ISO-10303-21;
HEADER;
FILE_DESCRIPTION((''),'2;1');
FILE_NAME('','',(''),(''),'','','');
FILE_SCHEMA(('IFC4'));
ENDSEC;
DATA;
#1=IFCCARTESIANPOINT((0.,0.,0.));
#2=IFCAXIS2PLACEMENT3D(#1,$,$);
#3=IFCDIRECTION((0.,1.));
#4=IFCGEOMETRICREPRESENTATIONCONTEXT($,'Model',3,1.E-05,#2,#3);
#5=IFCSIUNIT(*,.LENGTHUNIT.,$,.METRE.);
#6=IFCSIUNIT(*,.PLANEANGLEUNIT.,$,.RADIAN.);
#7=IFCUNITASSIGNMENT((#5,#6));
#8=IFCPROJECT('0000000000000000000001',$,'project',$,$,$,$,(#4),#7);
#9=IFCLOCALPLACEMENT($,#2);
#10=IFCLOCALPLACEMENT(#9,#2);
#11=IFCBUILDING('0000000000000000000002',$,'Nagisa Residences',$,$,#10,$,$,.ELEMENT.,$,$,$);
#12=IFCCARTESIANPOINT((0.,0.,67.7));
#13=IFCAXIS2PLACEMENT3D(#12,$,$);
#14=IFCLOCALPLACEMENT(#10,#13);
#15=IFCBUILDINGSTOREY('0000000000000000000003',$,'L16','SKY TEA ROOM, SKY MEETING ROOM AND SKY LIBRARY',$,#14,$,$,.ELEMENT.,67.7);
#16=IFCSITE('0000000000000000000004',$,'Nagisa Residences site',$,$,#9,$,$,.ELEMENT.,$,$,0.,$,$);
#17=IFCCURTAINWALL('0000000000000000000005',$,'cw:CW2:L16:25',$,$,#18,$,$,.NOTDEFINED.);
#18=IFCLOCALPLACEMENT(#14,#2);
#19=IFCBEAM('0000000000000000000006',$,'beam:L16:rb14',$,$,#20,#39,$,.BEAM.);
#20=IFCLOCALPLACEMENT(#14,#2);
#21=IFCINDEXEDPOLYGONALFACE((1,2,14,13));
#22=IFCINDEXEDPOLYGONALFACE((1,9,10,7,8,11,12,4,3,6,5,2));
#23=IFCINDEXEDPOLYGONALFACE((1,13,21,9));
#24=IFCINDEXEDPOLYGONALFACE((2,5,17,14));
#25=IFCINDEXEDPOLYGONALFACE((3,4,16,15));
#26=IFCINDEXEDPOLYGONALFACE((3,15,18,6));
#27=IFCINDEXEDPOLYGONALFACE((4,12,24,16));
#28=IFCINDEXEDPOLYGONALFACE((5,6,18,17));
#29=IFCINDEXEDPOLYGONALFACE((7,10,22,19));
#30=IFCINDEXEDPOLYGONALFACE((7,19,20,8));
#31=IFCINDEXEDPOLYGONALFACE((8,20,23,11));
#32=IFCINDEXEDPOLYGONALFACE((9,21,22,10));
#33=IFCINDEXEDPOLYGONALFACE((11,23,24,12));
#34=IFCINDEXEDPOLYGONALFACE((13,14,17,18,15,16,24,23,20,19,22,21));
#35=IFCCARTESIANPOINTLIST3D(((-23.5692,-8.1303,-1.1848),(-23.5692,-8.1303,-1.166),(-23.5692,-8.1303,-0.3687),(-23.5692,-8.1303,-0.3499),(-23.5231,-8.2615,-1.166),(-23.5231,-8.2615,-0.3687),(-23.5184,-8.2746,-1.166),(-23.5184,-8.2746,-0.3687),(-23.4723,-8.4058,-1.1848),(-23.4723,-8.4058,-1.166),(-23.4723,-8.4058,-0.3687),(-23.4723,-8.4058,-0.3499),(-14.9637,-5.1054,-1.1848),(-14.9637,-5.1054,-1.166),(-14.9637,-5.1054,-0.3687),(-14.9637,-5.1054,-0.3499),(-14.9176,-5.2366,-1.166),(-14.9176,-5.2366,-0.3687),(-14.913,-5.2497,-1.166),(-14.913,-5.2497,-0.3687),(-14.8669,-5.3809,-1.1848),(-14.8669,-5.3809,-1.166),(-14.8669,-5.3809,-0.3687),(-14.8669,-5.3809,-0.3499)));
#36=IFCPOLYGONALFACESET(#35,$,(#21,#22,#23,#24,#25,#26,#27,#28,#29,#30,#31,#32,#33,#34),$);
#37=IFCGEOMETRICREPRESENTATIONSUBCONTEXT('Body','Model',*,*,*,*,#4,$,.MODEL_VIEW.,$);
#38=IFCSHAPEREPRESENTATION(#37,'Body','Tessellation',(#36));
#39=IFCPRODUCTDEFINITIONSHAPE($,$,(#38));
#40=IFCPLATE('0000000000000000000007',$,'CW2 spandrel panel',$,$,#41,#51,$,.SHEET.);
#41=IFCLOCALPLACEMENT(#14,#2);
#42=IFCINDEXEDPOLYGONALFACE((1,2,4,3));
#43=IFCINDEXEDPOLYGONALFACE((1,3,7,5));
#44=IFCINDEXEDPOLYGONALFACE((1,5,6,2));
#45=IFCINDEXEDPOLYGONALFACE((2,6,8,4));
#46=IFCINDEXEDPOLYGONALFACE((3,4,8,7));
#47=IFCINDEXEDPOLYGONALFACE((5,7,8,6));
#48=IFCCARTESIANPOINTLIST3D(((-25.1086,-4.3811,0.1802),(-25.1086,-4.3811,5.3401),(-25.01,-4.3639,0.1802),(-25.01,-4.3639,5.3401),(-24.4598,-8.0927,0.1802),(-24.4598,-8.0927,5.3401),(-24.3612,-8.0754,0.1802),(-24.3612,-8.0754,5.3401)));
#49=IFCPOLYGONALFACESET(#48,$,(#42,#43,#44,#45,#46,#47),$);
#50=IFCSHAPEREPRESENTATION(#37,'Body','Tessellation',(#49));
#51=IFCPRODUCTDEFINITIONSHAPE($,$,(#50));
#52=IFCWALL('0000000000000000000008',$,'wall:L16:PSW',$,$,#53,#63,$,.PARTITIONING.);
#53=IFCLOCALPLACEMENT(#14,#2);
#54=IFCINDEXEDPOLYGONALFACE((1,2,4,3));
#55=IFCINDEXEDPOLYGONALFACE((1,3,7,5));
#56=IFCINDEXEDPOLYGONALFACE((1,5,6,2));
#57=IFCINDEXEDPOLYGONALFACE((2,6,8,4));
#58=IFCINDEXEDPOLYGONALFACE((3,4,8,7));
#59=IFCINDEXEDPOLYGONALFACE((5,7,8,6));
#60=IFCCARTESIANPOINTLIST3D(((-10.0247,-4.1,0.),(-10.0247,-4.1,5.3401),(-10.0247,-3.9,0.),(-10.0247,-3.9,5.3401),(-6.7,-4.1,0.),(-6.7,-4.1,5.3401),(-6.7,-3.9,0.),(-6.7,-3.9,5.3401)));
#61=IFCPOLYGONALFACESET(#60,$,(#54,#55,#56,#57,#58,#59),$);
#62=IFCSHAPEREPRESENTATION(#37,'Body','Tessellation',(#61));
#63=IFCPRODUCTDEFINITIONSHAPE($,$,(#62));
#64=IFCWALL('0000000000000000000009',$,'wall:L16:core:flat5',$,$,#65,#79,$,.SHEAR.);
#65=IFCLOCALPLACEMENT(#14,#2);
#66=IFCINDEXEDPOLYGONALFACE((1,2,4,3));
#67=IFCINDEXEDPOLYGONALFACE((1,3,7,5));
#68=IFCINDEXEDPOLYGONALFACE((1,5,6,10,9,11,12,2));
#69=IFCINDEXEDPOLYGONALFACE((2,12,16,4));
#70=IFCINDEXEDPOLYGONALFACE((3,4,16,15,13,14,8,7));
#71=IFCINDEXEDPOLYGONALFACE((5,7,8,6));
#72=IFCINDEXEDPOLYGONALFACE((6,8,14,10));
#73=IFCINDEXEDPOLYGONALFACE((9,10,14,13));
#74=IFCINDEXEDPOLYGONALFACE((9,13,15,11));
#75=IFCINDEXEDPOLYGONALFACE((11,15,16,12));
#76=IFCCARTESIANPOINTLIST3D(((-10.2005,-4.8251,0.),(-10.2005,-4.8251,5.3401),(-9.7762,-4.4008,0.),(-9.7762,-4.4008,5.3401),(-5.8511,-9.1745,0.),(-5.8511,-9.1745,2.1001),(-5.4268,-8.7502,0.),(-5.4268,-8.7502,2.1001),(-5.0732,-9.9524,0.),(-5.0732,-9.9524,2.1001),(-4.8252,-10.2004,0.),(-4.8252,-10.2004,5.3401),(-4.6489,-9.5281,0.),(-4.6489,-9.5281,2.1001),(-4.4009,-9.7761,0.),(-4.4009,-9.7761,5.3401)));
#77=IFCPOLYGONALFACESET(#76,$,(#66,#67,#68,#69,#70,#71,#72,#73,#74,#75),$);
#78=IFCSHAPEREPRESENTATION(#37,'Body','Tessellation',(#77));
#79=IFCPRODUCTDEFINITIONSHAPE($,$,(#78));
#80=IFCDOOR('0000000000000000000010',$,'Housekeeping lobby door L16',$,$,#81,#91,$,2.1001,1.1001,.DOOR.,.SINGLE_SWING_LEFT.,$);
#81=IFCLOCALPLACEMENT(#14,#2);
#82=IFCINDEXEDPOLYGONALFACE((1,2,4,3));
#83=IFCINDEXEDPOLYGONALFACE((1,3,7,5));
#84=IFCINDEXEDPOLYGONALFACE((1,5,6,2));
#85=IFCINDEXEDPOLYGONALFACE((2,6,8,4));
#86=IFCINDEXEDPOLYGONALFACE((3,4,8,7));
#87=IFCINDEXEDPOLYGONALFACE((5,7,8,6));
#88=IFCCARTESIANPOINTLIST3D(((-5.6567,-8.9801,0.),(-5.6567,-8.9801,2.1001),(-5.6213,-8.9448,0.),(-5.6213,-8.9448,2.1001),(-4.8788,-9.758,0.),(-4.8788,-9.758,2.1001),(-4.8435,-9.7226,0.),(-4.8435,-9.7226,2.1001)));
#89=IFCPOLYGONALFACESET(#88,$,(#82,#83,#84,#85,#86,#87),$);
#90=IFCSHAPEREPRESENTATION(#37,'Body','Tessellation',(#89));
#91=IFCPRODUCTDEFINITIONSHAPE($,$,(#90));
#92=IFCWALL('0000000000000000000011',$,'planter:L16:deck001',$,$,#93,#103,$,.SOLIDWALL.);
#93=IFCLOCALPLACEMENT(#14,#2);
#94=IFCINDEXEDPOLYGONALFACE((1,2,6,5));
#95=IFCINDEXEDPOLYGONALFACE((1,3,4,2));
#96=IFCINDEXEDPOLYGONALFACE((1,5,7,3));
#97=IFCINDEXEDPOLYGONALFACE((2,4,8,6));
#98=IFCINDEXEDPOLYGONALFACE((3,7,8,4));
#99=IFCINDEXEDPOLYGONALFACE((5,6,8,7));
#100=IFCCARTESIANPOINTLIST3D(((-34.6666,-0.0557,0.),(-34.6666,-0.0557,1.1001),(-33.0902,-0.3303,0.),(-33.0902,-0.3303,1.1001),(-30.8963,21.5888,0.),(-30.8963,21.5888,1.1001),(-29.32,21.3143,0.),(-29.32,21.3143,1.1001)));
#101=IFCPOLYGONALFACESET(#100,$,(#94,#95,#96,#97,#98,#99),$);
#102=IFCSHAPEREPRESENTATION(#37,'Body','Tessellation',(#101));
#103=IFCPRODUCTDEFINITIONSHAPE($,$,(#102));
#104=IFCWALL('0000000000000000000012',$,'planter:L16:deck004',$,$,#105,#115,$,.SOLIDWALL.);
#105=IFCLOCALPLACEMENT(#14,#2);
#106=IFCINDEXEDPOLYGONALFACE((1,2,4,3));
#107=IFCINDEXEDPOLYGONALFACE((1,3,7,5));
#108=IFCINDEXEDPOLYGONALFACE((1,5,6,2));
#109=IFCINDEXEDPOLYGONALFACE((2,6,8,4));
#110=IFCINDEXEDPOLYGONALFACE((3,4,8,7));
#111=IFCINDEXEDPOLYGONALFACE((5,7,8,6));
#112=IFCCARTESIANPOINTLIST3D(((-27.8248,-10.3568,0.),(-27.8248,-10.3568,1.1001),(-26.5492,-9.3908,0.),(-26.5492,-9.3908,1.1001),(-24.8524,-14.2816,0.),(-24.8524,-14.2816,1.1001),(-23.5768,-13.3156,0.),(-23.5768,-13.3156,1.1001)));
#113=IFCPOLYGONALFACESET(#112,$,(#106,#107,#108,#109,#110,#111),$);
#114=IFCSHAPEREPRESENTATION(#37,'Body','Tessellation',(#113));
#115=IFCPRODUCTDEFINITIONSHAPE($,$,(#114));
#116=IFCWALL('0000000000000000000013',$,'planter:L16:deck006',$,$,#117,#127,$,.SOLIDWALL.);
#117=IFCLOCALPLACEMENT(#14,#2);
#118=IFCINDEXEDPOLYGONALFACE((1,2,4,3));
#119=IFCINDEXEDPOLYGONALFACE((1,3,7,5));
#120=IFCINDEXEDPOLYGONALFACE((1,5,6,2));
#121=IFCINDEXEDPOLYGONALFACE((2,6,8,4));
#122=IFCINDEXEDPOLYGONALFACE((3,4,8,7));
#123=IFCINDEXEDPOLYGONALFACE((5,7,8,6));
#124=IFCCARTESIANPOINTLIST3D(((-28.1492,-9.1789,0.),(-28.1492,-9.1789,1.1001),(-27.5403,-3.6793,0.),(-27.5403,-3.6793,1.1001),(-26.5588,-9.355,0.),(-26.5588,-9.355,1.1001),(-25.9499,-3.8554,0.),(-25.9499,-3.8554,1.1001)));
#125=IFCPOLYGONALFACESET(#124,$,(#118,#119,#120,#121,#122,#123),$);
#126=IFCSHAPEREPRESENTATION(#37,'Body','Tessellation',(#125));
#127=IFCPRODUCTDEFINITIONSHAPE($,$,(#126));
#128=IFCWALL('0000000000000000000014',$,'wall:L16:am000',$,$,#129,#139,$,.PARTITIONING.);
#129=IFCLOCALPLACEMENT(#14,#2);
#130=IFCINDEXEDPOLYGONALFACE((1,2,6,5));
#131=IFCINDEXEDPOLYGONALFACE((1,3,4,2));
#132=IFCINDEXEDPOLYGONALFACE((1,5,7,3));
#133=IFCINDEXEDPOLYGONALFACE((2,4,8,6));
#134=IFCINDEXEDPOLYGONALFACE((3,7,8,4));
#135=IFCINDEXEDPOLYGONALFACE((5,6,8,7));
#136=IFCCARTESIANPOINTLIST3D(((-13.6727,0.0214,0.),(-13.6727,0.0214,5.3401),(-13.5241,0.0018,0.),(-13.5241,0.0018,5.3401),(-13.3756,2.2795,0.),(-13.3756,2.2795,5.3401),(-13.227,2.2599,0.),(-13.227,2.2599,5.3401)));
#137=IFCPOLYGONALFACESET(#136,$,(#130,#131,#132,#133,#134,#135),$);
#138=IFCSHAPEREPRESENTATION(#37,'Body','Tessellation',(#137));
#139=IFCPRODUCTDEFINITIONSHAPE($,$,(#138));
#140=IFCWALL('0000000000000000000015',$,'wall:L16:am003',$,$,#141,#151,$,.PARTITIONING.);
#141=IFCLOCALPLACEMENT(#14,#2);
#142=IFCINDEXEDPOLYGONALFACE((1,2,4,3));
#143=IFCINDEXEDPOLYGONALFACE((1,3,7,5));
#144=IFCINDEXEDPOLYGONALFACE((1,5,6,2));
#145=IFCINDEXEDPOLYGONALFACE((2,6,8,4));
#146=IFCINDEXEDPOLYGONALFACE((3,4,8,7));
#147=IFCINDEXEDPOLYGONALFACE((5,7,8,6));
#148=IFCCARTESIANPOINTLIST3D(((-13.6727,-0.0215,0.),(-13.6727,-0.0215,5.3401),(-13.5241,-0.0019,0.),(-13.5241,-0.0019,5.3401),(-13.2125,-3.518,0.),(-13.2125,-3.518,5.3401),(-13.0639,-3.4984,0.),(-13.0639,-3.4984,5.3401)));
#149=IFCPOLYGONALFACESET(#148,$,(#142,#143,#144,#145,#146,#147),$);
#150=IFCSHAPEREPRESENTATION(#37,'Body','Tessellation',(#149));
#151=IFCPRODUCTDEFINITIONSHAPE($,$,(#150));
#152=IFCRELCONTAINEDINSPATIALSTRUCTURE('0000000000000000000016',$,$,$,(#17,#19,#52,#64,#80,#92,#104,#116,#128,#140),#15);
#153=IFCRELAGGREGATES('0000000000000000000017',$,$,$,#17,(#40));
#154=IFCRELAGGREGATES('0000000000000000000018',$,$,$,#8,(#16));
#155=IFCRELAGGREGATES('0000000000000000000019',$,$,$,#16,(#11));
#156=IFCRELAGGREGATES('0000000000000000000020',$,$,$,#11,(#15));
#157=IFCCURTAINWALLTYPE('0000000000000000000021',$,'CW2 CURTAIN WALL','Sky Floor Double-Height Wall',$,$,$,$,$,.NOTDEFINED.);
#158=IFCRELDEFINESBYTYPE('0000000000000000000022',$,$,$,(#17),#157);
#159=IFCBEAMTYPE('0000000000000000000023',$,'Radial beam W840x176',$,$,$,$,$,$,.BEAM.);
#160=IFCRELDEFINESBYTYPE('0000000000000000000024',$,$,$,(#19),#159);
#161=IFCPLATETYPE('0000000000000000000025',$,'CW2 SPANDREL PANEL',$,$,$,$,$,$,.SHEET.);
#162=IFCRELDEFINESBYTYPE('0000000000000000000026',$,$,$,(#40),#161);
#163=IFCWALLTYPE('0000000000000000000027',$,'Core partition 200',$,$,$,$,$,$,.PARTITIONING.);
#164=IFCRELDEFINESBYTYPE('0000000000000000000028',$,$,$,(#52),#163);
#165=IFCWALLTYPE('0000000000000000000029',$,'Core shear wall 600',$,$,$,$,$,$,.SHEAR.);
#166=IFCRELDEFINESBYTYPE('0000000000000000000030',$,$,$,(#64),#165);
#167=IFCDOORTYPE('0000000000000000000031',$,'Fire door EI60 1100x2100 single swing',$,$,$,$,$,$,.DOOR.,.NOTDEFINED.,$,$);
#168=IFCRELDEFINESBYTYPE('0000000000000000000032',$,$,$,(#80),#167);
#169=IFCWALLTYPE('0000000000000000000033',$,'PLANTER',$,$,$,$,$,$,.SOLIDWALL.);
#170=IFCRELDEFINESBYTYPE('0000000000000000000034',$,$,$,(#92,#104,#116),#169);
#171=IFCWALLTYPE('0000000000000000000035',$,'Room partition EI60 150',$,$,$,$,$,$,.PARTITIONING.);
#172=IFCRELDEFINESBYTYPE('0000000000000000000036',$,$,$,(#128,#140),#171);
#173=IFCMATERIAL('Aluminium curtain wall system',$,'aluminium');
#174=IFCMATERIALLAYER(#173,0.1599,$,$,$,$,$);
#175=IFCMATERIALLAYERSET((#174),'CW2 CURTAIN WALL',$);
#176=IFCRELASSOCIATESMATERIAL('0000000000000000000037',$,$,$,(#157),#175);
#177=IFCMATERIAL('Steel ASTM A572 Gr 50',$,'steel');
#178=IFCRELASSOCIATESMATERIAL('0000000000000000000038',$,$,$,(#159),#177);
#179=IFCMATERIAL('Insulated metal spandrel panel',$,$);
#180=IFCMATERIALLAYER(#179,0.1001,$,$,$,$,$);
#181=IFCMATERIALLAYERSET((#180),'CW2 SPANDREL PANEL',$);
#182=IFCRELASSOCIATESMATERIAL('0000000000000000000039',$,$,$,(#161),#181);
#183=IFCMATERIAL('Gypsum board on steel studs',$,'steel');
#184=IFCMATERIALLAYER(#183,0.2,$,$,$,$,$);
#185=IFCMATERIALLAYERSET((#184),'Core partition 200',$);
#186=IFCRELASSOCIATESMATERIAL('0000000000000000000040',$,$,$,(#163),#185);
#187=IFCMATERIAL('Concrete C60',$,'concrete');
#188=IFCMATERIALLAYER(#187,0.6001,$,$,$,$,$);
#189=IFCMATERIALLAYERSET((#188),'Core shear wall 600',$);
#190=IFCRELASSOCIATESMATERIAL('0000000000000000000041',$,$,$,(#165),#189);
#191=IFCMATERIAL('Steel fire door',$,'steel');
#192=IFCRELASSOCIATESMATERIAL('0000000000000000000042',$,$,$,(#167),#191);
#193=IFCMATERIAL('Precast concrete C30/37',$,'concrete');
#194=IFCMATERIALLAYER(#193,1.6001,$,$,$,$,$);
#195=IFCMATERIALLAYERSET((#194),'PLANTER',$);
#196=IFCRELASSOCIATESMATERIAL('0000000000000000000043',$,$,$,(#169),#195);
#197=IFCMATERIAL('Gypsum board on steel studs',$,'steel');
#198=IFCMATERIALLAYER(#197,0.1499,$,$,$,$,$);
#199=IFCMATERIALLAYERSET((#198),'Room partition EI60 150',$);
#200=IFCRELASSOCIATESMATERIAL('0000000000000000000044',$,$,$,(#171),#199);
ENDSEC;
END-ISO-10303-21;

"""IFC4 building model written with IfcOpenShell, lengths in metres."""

from ifc_helpers import new_model, si_unit, direction, frame, frame_2d, origin, origin_2d, place, context, subcontext, project, spatial, rectangle, i_section, extrude, material, layer, layer_set, material_profile, profile_set, type_object, element, fill, aggregate, save


model = new_model("IFC4")

# Units and contexts
model_context = context("Model", 3, precision=1e-05, world=origin(), true_north=direction((0.0, 1.0)))
body_context = subcontext(model_context, "Body", "Model", "MODEL_VIEW")
ifc_project = project(units=[si_unit("LENGTHUNIT", "METRE"), si_unit("PLANEANGLEUNIT", "RADIAN")], contexts=[model_context])

# Site, building, storey
site_placement = place(None, origin())
site = spatial("IfcSite", under=ifc_project, at=site_placement, Name="Nagisa Residences site", CompositionType="ELEMENT", RefElevation=0.0)
building_placement = place(site_placement, origin())
building = spatial("IfcBuilding", under=site, at=building_placement, Name="Nagisa Residences", CompositionType="ELEMENT")
storey_placement = place(building_placement, frame((0.0, 0.0, 67.7)))
storey = spatial("IfcBuildingStorey", under=building, at=storey_placement, Name="L16", Description="SKY TEA ROOM, SKY MEETING ROOM AND SKY LIBRARY", CompositionType="ELEMENT", Elevation=67.7)

# Curtain wall
ifc_material_1 = material(Name="Aluminium curtain wall system", Category="aluminium")
ifc_layer_1 = layer(ifc_material_1, 0.1599)
ifc_layer_set_1 = layer_set([ifc_layer_1], Name="CW2 CURTAIN WALL")
curtain_wall_type = type_object("IfcCurtainWallType", Name="CW2 CURTAIN WALL", Description="Sky Floor Double-Height Wall", PredefinedType="NOTDEFINED", material=ifc_layer_set_1)
curtain_wall_1_placement = place(storey_placement, origin())
curtain_wall_1 = element("IfcCurtainWall", 1, at=curtain_wall_1_placement, inside=storey, type_object=curtain_wall_type, Name="cw:CW2:L16:25", PredefinedType="NOTDEFINED")

# Beam
ifc_material_2 = material(Name="Steel ASTM A572 Gr 50", Category="steel")
ifc_material_profile_1 = material_profile(ifc_material_2, i_section(OverallWidth=0.292, OverallDepth=0.835, WebThickness=0.0139, FlangeThickness=0.0188, at=origin_2d()), Name="W840x176")
ifc_profile_set_1 = profile_set([ifc_material_profile_1], Name="Steel ASTM A572 Gr 50")
beam_type_1 = type_object("IfcBeamType", Name="Radial beam W840x176", PredefinedType="BEAM", material=ifc_profile_set_1)
beam_1_placement = place(storey_placement, frame((-23.5208, -8.2681, -0.7673), z_axis=(0.943414, 0.331619, 0.0), x_axis=(-0.331619, 0.943414, 0.0)))
element("IfcBeam", 2, at=beam_1_placement, inside=storey, type_object=beam_type_1, Name="beam:L16:rb14", PredefinedType="BEAM", context=body_context, shape_type="SweptSolid", body=[
    extrude(i_section(OverallWidth=0.292, OverallDepth=0.835, WebThickness=0.0139, FlangeThickness=0.0188, at=origin_2d()), origin(), (0.0, 0.0, 1.0), 9.1216),
])

# Plate
ifc_material_3 = material(Name="Insulated metal spandrel panel")
ifc_layer_2 = layer(ifc_material_3, 0.1001)
ifc_layer_set_2 = layer_set([ifc_layer_2], Name="CW2 SPANDREL PANEL")
plate_type = type_object("IfcPlateType", Name="CW2 SPANDREL PANEL", PredefinedType="SHEET", material=ifc_layer_set_2)
plate_placement = place(storey_placement, frame((-24.7349, -6.2283, 0.1802), z_axis=(0.0, 0.0, 1.0), x_axis=(0.172191, -0.985064, 0.0)))
plate = element("IfcPlate", 3, at=plate_placement, type_object=plate_type, Name="CW2 spandrel panel", PredefinedType="SHEET", context=body_context, shape_type="SweptSolid", body=[
    extrude(rectangle(XDim=3.7678, YDim=0.1001, at=origin_2d()), origin(), (0.0, 0.0, 1.0), 5.1599),
])
aggregate(curtain_wall_1, [plate])

# Wall
ifc_material_4 = material(Name="Gypsum board on steel studs", Category="steel")
ifc_layer_3 = layer(ifc_material_4, 0.2)
ifc_layer_set_3 = layer_set([ifc_layer_3], Name="Core partition 200")
wall_type_1 = type_object("IfcWallType", Name="Core partition 200", PredefinedType="PARTITIONING", material=ifc_layer_set_3)
wall_1_placement = place(storey_placement, frame((-10.0247, -4.0, 0.0), z_axis=(0.0, 0.0, 1.0), x_axis=(1.0, 0.0, 0.0)))
element("IfcWall", 4, at=wall_1_placement, inside=storey, type_object=wall_type_1, Name="wall:L16:PSW", PredefinedType="PARTITIONING", context=body_context, shape_type="SweptSolid", body=[
    extrude(rectangle(XDim=3.3247, YDim=0.2, at=frame_2d((1.6624, 0.0))), origin(), (0.0, 0.0, 1.0), 5.3401),
])

# Wall, opening, door
ifc_material_5 = material(Name="Concrete C60", Category="concrete")
ifc_layer_4 = layer(ifc_material_5, 0.6001)
ifc_layer_set_4 = layer_set([ifc_layer_4], Name="Core shear wall 600")
wall_type_2 = type_object("IfcWallType", Name="Core shear wall 600", PredefinedType="SHEAR", material=ifc_layer_set_4)
wall_2_placement = place(storey_placement, frame((-9.9883, -4.613, 0.0), z_axis=(0.0, 0.0, 1.0), x_axis=(0.707107, -0.707107, 0.0)))
wall_2 = element("IfcWall", 5, at=wall_2_placement, inside=storey, type_object=wall_type_2, Name="wall:L16:core:flat5", PredefinedType="SHEAR", context=body_context, shape_type="SweptSolid", body=[
    extrude(rectangle(XDim=7.6018, YDim=0.6001, at=frame_2d((3.8008, 0.0))), origin(), (0.0, 0.0, 1.0), 5.3401),
])
opening_1_placement = place(wall_2_placement, frame((6.1509, 0.0, 0.0)))
opening_1 = element("IfcOpeningElement", 6, at=opening_1_placement, cuts=wall_2, PredefinedType="OPENING", context=body_context, shape_type="SweptSolid", body=[
    extrude(rectangle(XDim=1.1001, YDim=2.1001, at=frame_2d((0.55, 1.05))), frame((0.0, 0.3101, 0.0), z_axis=(0.0, -1.0, 0.0), x_axis=(1.0, 0.0, 0.0)), (0.0, 0.0, 1.0), 0.6201),
])
ifc_material_6 = material(Name="Steel fire door", Category="steel")
door_type_1 = type_object("IfcDoorType", Name="Fire door EI60 1100x2100 single swing", OperationType="NOTDEFINED", PredefinedType="DOOR", material=ifc_material_6)
door_1_placement = place(opening_1_placement, origin())
door_1 = element("IfcDoor", 7, at=door_1_placement, inside=storey, type_object=door_type_1, Name="Housekeeping lobby door L16", OperationType="SINGLE_SWING_LEFT", OverallHeight=2.1001, OverallWidth=1.1001, PredefinedType="DOOR", context=body_context, shape_type="SweptSolid", body=[
    extrude(rectangle(XDim=1.1001, YDim=2.1001, at=frame_2d((0.55, 1.05))), frame((0.0, 0.0249, 0.0), z_axis=(0.0, -1.0, 0.0), x_axis=(1.0, 0.0, 0.0)), (0.0, 0.0, 1.0), 0.05),
])
fill(opening_1, door_1)

# Walls
ifc_material_7 = material(Name="Precast concrete C30/37", Category="concrete")
ifc_layer_5 = layer(ifc_material_7, 1.6001)
ifc_layer_set_5 = layer_set([ifc_layer_5], Name="PLANTER")
wall_type_3 = type_object("IfcWallType", Name="PLANTER", PredefinedType="SOLIDWALL", material=ifc_layer_set_5)
wall_3_placement = place(storey_placement, frame((-33.8784, -0.1931, 0.0), z_axis=(0.0, 0.0, 1.0), x_axis=(0.171606, 0.985166, 0.0)))
element("IfcWall", 8, at=wall_3_placement, inside=storey, type_object=wall_type_3, Name="planter:L16:deck001", PredefinedType="SOLIDWALL", context=body_context, shape_type="SweptSolid", body=[
    extrude(rectangle(XDim=21.9705, YDim=1.6001, at=frame_2d((10.9854, 0.0))), origin(), (0.0, 0.0, 1.0), 1.1001),
])
wall_4_placement = place(storey_placement, frame((-27.187, -9.8738, 0.0), z_axis=(0.0, 0.0, 1.0), x_axis=(0.603738, -0.797183, 0.0)))
element("IfcWall", 9, at=wall_4_placement, inside=storey, type_object=wall_type_3, Name="planter:L16:deck004", PredefinedType="SOLIDWALL", context=body_context, shape_type="SweptSolid", body=[
    extrude(rectangle(XDim=4.9233, YDim=1.6001, at=frame_2d((2.4617, 0.0))), origin(), (0.0, 0.0, 1.0), 1.1001),
])
wall_5_placement = place(storey_placement, frame((-26.7451, -3.7673, 0.0), z_axis=(0.0, 0.0, 1.0), x_axis=(-0.110044, -0.993927, 0.0)))
element("IfcWall", 10, at=wall_5_placement, inside=storey, type_object=wall_type_3, Name="planter:L16:deck006", PredefinedType="SOLIDWALL", context=body_context, shape_type="SweptSolid", body=[
    extrude(rectangle(XDim=5.5332, YDim=1.6001, at=frame_2d((2.7666, 0.0))), origin(), (0.0, 0.0, 1.0), 1.1001),
])
ifc_material_8 = material(Name="Gypsum board on steel studs", Category="steel")
ifc_layer_6 = layer(ifc_material_8, 0.1499)
ifc_layer_set_6 = layer_set([ifc_layer_6], Name="Room partition EI60 150")
wall_type_4 = type_object("IfcWallType", Name="Room partition EI60 150", PredefinedType="PARTITIONING", material=ifc_layer_set_6)
wall_6_placement = place(storey_placement, frame((-13.5984, 0.0117, 0.0), z_axis=(0.0, 0.0, 1.0), x_axis=(0.130457, 0.991454, 0.0)))
element("IfcWall", 11, at=wall_6_placement, inside=storey, type_object=wall_type_4, Name="wall:L16:am000", PredefinedType="PARTITIONING", context=body_context, shape_type="SweptSolid", body=[
    extrude(rectangle(XDim=2.2776, YDim=0.1499, at=frame_2d((1.1387, 0.0))), origin(), (0.0, 0.0, 1.0), 5.3401),
])
wall_7_placement = place(storey_placement, frame((-13.1382, -3.5081, 0.0), z_axis=(0.0, 0.0, 1.0), x_axis=(-0.130499, 0.991448, 0.0)))
element("IfcWall", 12, at=wall_7_placement, inside=storey, type_object=wall_type_4, Name="wall:L16:am003", PredefinedType="PARTITIONING", context=body_context, shape_type="SweptSolid", body=[
    extrude(rectangle(XDim=3.5266, YDim=0.1499, at=frame_2d((1.7632, 0.0))), origin(), (0.0, 0.0, 1.0), 5.3401),
])

save(model, "model.ifc")
